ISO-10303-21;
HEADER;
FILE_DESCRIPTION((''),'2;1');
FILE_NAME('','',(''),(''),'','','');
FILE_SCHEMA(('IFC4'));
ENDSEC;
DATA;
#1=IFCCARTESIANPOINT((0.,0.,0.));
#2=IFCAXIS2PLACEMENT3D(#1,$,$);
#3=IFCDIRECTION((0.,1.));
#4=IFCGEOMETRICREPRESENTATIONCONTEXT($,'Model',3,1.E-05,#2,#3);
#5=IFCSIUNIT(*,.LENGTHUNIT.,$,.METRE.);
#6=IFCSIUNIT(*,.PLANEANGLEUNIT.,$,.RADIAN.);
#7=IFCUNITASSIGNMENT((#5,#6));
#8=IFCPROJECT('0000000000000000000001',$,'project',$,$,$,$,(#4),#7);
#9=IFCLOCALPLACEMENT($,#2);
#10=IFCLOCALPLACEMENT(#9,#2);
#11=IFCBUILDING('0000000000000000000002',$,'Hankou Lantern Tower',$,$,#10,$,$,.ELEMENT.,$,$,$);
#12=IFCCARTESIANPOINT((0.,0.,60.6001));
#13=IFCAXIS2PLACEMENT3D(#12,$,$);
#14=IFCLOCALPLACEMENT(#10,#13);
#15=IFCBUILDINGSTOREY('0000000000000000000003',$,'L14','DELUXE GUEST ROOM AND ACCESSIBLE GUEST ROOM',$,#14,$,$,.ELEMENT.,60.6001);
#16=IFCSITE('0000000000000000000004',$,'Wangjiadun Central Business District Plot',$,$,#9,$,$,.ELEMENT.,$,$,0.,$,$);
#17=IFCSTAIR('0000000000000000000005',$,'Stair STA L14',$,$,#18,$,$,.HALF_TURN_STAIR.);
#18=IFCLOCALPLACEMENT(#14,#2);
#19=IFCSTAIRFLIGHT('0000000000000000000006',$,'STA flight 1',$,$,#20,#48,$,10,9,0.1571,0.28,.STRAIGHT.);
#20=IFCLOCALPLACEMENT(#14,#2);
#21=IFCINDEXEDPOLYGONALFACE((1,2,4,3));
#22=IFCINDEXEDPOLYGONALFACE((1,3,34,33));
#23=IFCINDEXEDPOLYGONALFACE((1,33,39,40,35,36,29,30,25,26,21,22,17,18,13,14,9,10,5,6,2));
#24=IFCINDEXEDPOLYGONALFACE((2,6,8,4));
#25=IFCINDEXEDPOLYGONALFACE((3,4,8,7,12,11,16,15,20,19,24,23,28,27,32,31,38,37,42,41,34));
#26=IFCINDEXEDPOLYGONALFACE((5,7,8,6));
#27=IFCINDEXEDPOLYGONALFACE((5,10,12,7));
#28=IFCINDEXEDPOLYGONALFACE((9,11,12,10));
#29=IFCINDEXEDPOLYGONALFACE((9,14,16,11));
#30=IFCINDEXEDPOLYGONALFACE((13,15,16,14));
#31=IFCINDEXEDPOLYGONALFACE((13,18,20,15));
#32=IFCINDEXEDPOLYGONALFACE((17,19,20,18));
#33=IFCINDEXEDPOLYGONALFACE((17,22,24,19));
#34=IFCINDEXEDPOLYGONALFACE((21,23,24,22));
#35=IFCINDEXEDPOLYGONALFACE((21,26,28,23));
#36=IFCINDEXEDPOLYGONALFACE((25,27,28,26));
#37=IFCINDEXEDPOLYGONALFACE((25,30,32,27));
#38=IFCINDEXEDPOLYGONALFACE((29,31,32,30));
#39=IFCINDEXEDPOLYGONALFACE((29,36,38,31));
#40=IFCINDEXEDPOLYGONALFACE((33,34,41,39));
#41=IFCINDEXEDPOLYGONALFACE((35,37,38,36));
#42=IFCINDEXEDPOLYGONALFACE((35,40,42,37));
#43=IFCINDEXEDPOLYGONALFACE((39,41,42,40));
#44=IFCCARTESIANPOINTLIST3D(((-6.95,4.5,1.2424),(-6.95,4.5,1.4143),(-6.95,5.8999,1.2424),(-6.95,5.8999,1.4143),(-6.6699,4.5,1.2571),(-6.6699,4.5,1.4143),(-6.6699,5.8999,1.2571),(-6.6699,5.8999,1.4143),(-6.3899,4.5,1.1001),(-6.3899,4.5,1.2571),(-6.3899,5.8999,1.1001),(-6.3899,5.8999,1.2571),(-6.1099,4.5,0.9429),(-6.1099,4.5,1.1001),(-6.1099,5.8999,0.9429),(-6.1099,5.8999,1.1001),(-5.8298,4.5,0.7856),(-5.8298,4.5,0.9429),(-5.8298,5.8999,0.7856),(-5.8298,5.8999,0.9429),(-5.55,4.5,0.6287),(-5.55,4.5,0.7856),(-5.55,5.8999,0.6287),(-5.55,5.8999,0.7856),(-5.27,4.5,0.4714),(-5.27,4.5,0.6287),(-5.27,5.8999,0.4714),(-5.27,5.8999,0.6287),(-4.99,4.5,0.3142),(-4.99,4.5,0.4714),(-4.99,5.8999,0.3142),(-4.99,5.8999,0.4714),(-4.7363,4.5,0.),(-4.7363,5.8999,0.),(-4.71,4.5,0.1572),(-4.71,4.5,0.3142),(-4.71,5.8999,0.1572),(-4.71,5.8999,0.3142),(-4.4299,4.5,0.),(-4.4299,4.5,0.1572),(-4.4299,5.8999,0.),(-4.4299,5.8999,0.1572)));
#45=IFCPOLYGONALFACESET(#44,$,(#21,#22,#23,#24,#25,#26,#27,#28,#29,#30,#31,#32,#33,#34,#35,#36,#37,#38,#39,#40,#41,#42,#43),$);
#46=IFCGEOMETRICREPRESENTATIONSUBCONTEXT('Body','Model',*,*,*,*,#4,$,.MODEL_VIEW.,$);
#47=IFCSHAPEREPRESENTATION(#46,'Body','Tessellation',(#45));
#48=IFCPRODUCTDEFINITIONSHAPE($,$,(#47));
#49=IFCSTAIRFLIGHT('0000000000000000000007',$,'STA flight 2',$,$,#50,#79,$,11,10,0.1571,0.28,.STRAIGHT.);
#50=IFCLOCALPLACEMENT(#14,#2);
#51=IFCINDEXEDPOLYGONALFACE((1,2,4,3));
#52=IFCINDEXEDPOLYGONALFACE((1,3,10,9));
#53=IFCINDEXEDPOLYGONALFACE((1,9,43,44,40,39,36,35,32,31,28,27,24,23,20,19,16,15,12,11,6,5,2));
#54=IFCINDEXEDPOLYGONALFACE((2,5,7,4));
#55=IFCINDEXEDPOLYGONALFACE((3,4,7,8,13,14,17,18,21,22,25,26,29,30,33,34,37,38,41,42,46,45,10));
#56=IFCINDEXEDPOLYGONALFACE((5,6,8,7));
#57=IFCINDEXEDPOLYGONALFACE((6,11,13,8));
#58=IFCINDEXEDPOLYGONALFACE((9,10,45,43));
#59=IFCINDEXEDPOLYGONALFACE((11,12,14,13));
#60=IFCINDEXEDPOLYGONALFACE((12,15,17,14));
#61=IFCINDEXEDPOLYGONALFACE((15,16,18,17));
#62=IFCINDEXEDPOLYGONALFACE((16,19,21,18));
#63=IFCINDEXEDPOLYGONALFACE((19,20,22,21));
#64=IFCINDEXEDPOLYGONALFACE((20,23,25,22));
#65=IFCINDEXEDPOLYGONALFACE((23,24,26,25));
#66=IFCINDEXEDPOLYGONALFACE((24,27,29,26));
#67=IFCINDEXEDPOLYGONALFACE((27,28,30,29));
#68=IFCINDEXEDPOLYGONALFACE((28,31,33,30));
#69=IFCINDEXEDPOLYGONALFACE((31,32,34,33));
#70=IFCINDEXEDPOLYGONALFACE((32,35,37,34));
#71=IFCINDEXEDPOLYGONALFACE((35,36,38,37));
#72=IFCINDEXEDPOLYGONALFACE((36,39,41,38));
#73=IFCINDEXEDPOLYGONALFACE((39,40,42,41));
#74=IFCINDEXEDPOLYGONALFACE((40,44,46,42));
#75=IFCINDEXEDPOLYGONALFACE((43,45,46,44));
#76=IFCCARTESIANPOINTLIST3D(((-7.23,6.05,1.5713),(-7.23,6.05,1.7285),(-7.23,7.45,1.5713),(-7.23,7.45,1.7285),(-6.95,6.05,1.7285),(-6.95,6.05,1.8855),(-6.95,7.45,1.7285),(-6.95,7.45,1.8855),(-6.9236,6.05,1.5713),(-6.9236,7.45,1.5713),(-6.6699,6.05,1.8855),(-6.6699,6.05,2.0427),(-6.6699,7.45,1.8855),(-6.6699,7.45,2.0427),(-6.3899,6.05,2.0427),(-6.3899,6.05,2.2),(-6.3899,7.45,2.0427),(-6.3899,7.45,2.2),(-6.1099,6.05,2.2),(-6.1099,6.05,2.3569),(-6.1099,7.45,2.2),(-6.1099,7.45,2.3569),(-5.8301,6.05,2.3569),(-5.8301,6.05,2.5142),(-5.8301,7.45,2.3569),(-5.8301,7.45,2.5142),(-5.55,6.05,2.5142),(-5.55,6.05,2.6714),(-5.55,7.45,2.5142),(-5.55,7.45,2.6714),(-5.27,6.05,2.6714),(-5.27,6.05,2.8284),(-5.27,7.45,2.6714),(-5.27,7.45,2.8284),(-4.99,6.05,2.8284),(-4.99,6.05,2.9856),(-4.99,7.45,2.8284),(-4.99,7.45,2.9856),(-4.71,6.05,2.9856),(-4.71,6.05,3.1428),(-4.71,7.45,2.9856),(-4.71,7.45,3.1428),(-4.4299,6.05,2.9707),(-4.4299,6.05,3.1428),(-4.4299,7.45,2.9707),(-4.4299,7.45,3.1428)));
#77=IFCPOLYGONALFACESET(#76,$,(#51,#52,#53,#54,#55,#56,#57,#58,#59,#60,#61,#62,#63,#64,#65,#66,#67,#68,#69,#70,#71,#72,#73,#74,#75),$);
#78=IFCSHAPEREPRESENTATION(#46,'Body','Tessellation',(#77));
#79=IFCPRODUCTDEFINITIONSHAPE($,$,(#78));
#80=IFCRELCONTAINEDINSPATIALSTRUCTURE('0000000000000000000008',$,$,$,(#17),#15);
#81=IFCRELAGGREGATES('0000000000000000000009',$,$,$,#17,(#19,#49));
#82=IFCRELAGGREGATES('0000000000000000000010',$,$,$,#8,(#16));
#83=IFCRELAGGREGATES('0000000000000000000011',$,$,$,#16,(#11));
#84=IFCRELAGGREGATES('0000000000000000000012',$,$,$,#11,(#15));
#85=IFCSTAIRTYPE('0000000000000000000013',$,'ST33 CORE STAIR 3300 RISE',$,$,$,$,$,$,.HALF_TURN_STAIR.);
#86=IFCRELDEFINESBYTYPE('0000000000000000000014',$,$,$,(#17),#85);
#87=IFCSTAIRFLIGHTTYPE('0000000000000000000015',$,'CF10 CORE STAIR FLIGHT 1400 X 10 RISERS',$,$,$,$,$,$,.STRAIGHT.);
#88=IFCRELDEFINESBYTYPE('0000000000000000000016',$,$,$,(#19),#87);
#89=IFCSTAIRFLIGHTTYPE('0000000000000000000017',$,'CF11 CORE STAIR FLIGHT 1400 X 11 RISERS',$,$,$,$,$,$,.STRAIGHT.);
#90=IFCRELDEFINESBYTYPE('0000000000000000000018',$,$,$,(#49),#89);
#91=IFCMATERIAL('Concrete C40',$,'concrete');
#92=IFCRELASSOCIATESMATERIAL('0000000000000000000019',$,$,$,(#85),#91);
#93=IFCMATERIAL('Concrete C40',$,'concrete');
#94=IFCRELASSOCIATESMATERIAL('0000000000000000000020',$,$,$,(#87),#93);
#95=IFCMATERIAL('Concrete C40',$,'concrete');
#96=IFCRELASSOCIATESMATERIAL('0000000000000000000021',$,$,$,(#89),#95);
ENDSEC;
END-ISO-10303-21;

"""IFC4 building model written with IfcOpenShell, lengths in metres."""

from ifc_helpers import new_model, si_unit, direction, frame, origin, place, context, subcontext, project, spatial, polyline, outline, extrude, material, type_object, element, aggregate, save


model = new_model("IFC4")

# Units and contexts
model_context = context("Model", 3, precision=1e-05, world=origin(), true_north=direction((0.0, 1.0)))
body_context = subcontext(model_context, "Body", "Model", "MODEL_VIEW")
ifc_project = project(units=[si_unit("LENGTHUNIT", "METRE"), si_unit("PLANEANGLEUNIT", "RADIAN")], contexts=[model_context])

# Site, building, storey
site_placement = place(None, origin())
site = spatial("IfcSite", under=ifc_project, at=site_placement, Name="Wangjiadun Central Business District Plot", CompositionType="ELEMENT", RefElevation=0.0)
building_placement = place(site_placement, origin())
building = spatial("IfcBuilding", under=site, at=building_placement, Name="Hankou Lantern Tower", CompositionType="ELEMENT")
storey_placement = place(building_placement, frame((0.0, 0.0, 60.6001)))
storey = spatial("IfcBuildingStorey", under=building, at=storey_placement, Name="L14", Description="DELUXE GUEST ROOM AND ACCESSIBLE GUEST ROOM", CompositionType="ELEMENT", Elevation=60.6001)

# Stair, stair flights
ifc_material_1 = material(Name="Concrete C40", Category="concrete")
stair_type = type_object("IfcStairType", Name="ST33 CORE STAIR 3300 RISE", PredefinedType="HALF_TURN_STAIR", material=ifc_material_1)
stair_placement = place(storey_placement, origin())
stair = element("IfcStair", 1, at=stair_placement, inside=storey, type_object=stair_type, Name="Stair STA L14", PredefinedType="HALF_TURN_STAIR")
ifc_material_2 = material(Name="Concrete C40", Category="concrete")
stair_flight_type_1 = type_object("IfcStairFlightType", Name="CF10 CORE STAIR FLIGHT 1400 X 10 RISERS", PredefinedType="STRAIGHT", material=ifc_material_2)
stair_flight_1_placement = place(storey_placement, frame((-4.4299, 5.2, 0.0), z_axis=(0.0, 0.0, 1.0), x_axis=(-1.0, 0.0, 0.0)))
stair_flight_1 = element("IfcStairFlight", 2, at=stair_flight_1_placement, type_object=stair_flight_type_1, Name="STA flight 1", NumberOfRisers=10, NumberOfTreads=9, PredefinedType="STRAIGHT", RiserHeight=0.1571, TreadLength=0.28, context=body_context, shape_type="SweptSolid", body=[
    extrude(outline(polyline([(0.0, 0.0), (0.0, 0.1572), (0.28, 0.1572), (0.28, 0.3142), (0.5601, 0.3142), (0.5601, 0.4714), (0.8401, 0.4714), (0.8401, 0.6287), (1.1201, 0.6287), (1.1201, 0.7856), (1.3999, 0.7856), (1.3999, 0.9429), (1.6799, 0.9429), (1.6799, 1.1001), (1.96, 1.1001), (1.96, 1.2571), (2.24, 1.2571), (2.24, 1.4143), (2.52, 1.4143), (2.52, 1.5715), (2.52, 1.2424), (0.3064, 0.0), (0.0, 0.0)])), frame((0.0, 0.7, 0.0), z_axis=(0.0, -1.0, 0.0), x_axis=(1.0, 0.0, 0.0)), (0.0, 0.0, 1.0), 1.3999),
])
ifc_material_3 = material(Name="Concrete C40", Category="concrete")
stair_flight_type_2 = type_object("IfcStairFlightType", Name="CF11 CORE STAIR FLIGHT 1400 X 11 RISERS", PredefinedType="STRAIGHT", material=ifc_material_3)
stair_flight_2_placement = place(storey_placement, frame((-7.23, 6.75, 1.5713), z_axis=(0.0, 0.0, 1.0), x_axis=(1.0, 0.0, 0.0)))
stair_flight_2 = element("IfcStairFlight", 3, at=stair_flight_2_placement, type_object=stair_flight_type_2, Name="STA flight 2", NumberOfRisers=11, NumberOfTreads=10, PredefinedType="STRAIGHT", RiserHeight=0.1571, TreadLength=0.28, context=body_context, shape_type="SweptSolid", body=[
    extrude(outline(polyline([(0.0, 0.0), (0.0, 0.1572), (0.28, 0.1572), (0.28, 0.3142), (0.5601, 0.3142), (0.5601, 0.4714), (0.8401, 0.4714), (0.8401, 0.6287), (1.1201, 0.6287), (1.1201, 0.7856), (1.3999, 0.7856), (1.3999, 0.9429), (1.6799, 0.9429), (1.6799, 1.1001), (1.96, 1.1001), (1.96, 1.2571), (2.24, 1.2571), (2.24, 1.4143), (2.52, 1.4143), (2.52, 1.5715), (2.8, 1.5715), (2.8, 1.7285), (2.8, 1.3994), (0.3064, 0.0), (0.0, 0.0)])), frame((0.0, 0.7, 0.0), z_axis=(0.0, -1.0, 0.0), x_axis=(1.0, 0.0, 0.0)), (0.0, 0.0, 1.0), 1.3999),
])
aggregate(stair, [stair_flight_1, stair_flight_2])

save(model, "model.ifc")
